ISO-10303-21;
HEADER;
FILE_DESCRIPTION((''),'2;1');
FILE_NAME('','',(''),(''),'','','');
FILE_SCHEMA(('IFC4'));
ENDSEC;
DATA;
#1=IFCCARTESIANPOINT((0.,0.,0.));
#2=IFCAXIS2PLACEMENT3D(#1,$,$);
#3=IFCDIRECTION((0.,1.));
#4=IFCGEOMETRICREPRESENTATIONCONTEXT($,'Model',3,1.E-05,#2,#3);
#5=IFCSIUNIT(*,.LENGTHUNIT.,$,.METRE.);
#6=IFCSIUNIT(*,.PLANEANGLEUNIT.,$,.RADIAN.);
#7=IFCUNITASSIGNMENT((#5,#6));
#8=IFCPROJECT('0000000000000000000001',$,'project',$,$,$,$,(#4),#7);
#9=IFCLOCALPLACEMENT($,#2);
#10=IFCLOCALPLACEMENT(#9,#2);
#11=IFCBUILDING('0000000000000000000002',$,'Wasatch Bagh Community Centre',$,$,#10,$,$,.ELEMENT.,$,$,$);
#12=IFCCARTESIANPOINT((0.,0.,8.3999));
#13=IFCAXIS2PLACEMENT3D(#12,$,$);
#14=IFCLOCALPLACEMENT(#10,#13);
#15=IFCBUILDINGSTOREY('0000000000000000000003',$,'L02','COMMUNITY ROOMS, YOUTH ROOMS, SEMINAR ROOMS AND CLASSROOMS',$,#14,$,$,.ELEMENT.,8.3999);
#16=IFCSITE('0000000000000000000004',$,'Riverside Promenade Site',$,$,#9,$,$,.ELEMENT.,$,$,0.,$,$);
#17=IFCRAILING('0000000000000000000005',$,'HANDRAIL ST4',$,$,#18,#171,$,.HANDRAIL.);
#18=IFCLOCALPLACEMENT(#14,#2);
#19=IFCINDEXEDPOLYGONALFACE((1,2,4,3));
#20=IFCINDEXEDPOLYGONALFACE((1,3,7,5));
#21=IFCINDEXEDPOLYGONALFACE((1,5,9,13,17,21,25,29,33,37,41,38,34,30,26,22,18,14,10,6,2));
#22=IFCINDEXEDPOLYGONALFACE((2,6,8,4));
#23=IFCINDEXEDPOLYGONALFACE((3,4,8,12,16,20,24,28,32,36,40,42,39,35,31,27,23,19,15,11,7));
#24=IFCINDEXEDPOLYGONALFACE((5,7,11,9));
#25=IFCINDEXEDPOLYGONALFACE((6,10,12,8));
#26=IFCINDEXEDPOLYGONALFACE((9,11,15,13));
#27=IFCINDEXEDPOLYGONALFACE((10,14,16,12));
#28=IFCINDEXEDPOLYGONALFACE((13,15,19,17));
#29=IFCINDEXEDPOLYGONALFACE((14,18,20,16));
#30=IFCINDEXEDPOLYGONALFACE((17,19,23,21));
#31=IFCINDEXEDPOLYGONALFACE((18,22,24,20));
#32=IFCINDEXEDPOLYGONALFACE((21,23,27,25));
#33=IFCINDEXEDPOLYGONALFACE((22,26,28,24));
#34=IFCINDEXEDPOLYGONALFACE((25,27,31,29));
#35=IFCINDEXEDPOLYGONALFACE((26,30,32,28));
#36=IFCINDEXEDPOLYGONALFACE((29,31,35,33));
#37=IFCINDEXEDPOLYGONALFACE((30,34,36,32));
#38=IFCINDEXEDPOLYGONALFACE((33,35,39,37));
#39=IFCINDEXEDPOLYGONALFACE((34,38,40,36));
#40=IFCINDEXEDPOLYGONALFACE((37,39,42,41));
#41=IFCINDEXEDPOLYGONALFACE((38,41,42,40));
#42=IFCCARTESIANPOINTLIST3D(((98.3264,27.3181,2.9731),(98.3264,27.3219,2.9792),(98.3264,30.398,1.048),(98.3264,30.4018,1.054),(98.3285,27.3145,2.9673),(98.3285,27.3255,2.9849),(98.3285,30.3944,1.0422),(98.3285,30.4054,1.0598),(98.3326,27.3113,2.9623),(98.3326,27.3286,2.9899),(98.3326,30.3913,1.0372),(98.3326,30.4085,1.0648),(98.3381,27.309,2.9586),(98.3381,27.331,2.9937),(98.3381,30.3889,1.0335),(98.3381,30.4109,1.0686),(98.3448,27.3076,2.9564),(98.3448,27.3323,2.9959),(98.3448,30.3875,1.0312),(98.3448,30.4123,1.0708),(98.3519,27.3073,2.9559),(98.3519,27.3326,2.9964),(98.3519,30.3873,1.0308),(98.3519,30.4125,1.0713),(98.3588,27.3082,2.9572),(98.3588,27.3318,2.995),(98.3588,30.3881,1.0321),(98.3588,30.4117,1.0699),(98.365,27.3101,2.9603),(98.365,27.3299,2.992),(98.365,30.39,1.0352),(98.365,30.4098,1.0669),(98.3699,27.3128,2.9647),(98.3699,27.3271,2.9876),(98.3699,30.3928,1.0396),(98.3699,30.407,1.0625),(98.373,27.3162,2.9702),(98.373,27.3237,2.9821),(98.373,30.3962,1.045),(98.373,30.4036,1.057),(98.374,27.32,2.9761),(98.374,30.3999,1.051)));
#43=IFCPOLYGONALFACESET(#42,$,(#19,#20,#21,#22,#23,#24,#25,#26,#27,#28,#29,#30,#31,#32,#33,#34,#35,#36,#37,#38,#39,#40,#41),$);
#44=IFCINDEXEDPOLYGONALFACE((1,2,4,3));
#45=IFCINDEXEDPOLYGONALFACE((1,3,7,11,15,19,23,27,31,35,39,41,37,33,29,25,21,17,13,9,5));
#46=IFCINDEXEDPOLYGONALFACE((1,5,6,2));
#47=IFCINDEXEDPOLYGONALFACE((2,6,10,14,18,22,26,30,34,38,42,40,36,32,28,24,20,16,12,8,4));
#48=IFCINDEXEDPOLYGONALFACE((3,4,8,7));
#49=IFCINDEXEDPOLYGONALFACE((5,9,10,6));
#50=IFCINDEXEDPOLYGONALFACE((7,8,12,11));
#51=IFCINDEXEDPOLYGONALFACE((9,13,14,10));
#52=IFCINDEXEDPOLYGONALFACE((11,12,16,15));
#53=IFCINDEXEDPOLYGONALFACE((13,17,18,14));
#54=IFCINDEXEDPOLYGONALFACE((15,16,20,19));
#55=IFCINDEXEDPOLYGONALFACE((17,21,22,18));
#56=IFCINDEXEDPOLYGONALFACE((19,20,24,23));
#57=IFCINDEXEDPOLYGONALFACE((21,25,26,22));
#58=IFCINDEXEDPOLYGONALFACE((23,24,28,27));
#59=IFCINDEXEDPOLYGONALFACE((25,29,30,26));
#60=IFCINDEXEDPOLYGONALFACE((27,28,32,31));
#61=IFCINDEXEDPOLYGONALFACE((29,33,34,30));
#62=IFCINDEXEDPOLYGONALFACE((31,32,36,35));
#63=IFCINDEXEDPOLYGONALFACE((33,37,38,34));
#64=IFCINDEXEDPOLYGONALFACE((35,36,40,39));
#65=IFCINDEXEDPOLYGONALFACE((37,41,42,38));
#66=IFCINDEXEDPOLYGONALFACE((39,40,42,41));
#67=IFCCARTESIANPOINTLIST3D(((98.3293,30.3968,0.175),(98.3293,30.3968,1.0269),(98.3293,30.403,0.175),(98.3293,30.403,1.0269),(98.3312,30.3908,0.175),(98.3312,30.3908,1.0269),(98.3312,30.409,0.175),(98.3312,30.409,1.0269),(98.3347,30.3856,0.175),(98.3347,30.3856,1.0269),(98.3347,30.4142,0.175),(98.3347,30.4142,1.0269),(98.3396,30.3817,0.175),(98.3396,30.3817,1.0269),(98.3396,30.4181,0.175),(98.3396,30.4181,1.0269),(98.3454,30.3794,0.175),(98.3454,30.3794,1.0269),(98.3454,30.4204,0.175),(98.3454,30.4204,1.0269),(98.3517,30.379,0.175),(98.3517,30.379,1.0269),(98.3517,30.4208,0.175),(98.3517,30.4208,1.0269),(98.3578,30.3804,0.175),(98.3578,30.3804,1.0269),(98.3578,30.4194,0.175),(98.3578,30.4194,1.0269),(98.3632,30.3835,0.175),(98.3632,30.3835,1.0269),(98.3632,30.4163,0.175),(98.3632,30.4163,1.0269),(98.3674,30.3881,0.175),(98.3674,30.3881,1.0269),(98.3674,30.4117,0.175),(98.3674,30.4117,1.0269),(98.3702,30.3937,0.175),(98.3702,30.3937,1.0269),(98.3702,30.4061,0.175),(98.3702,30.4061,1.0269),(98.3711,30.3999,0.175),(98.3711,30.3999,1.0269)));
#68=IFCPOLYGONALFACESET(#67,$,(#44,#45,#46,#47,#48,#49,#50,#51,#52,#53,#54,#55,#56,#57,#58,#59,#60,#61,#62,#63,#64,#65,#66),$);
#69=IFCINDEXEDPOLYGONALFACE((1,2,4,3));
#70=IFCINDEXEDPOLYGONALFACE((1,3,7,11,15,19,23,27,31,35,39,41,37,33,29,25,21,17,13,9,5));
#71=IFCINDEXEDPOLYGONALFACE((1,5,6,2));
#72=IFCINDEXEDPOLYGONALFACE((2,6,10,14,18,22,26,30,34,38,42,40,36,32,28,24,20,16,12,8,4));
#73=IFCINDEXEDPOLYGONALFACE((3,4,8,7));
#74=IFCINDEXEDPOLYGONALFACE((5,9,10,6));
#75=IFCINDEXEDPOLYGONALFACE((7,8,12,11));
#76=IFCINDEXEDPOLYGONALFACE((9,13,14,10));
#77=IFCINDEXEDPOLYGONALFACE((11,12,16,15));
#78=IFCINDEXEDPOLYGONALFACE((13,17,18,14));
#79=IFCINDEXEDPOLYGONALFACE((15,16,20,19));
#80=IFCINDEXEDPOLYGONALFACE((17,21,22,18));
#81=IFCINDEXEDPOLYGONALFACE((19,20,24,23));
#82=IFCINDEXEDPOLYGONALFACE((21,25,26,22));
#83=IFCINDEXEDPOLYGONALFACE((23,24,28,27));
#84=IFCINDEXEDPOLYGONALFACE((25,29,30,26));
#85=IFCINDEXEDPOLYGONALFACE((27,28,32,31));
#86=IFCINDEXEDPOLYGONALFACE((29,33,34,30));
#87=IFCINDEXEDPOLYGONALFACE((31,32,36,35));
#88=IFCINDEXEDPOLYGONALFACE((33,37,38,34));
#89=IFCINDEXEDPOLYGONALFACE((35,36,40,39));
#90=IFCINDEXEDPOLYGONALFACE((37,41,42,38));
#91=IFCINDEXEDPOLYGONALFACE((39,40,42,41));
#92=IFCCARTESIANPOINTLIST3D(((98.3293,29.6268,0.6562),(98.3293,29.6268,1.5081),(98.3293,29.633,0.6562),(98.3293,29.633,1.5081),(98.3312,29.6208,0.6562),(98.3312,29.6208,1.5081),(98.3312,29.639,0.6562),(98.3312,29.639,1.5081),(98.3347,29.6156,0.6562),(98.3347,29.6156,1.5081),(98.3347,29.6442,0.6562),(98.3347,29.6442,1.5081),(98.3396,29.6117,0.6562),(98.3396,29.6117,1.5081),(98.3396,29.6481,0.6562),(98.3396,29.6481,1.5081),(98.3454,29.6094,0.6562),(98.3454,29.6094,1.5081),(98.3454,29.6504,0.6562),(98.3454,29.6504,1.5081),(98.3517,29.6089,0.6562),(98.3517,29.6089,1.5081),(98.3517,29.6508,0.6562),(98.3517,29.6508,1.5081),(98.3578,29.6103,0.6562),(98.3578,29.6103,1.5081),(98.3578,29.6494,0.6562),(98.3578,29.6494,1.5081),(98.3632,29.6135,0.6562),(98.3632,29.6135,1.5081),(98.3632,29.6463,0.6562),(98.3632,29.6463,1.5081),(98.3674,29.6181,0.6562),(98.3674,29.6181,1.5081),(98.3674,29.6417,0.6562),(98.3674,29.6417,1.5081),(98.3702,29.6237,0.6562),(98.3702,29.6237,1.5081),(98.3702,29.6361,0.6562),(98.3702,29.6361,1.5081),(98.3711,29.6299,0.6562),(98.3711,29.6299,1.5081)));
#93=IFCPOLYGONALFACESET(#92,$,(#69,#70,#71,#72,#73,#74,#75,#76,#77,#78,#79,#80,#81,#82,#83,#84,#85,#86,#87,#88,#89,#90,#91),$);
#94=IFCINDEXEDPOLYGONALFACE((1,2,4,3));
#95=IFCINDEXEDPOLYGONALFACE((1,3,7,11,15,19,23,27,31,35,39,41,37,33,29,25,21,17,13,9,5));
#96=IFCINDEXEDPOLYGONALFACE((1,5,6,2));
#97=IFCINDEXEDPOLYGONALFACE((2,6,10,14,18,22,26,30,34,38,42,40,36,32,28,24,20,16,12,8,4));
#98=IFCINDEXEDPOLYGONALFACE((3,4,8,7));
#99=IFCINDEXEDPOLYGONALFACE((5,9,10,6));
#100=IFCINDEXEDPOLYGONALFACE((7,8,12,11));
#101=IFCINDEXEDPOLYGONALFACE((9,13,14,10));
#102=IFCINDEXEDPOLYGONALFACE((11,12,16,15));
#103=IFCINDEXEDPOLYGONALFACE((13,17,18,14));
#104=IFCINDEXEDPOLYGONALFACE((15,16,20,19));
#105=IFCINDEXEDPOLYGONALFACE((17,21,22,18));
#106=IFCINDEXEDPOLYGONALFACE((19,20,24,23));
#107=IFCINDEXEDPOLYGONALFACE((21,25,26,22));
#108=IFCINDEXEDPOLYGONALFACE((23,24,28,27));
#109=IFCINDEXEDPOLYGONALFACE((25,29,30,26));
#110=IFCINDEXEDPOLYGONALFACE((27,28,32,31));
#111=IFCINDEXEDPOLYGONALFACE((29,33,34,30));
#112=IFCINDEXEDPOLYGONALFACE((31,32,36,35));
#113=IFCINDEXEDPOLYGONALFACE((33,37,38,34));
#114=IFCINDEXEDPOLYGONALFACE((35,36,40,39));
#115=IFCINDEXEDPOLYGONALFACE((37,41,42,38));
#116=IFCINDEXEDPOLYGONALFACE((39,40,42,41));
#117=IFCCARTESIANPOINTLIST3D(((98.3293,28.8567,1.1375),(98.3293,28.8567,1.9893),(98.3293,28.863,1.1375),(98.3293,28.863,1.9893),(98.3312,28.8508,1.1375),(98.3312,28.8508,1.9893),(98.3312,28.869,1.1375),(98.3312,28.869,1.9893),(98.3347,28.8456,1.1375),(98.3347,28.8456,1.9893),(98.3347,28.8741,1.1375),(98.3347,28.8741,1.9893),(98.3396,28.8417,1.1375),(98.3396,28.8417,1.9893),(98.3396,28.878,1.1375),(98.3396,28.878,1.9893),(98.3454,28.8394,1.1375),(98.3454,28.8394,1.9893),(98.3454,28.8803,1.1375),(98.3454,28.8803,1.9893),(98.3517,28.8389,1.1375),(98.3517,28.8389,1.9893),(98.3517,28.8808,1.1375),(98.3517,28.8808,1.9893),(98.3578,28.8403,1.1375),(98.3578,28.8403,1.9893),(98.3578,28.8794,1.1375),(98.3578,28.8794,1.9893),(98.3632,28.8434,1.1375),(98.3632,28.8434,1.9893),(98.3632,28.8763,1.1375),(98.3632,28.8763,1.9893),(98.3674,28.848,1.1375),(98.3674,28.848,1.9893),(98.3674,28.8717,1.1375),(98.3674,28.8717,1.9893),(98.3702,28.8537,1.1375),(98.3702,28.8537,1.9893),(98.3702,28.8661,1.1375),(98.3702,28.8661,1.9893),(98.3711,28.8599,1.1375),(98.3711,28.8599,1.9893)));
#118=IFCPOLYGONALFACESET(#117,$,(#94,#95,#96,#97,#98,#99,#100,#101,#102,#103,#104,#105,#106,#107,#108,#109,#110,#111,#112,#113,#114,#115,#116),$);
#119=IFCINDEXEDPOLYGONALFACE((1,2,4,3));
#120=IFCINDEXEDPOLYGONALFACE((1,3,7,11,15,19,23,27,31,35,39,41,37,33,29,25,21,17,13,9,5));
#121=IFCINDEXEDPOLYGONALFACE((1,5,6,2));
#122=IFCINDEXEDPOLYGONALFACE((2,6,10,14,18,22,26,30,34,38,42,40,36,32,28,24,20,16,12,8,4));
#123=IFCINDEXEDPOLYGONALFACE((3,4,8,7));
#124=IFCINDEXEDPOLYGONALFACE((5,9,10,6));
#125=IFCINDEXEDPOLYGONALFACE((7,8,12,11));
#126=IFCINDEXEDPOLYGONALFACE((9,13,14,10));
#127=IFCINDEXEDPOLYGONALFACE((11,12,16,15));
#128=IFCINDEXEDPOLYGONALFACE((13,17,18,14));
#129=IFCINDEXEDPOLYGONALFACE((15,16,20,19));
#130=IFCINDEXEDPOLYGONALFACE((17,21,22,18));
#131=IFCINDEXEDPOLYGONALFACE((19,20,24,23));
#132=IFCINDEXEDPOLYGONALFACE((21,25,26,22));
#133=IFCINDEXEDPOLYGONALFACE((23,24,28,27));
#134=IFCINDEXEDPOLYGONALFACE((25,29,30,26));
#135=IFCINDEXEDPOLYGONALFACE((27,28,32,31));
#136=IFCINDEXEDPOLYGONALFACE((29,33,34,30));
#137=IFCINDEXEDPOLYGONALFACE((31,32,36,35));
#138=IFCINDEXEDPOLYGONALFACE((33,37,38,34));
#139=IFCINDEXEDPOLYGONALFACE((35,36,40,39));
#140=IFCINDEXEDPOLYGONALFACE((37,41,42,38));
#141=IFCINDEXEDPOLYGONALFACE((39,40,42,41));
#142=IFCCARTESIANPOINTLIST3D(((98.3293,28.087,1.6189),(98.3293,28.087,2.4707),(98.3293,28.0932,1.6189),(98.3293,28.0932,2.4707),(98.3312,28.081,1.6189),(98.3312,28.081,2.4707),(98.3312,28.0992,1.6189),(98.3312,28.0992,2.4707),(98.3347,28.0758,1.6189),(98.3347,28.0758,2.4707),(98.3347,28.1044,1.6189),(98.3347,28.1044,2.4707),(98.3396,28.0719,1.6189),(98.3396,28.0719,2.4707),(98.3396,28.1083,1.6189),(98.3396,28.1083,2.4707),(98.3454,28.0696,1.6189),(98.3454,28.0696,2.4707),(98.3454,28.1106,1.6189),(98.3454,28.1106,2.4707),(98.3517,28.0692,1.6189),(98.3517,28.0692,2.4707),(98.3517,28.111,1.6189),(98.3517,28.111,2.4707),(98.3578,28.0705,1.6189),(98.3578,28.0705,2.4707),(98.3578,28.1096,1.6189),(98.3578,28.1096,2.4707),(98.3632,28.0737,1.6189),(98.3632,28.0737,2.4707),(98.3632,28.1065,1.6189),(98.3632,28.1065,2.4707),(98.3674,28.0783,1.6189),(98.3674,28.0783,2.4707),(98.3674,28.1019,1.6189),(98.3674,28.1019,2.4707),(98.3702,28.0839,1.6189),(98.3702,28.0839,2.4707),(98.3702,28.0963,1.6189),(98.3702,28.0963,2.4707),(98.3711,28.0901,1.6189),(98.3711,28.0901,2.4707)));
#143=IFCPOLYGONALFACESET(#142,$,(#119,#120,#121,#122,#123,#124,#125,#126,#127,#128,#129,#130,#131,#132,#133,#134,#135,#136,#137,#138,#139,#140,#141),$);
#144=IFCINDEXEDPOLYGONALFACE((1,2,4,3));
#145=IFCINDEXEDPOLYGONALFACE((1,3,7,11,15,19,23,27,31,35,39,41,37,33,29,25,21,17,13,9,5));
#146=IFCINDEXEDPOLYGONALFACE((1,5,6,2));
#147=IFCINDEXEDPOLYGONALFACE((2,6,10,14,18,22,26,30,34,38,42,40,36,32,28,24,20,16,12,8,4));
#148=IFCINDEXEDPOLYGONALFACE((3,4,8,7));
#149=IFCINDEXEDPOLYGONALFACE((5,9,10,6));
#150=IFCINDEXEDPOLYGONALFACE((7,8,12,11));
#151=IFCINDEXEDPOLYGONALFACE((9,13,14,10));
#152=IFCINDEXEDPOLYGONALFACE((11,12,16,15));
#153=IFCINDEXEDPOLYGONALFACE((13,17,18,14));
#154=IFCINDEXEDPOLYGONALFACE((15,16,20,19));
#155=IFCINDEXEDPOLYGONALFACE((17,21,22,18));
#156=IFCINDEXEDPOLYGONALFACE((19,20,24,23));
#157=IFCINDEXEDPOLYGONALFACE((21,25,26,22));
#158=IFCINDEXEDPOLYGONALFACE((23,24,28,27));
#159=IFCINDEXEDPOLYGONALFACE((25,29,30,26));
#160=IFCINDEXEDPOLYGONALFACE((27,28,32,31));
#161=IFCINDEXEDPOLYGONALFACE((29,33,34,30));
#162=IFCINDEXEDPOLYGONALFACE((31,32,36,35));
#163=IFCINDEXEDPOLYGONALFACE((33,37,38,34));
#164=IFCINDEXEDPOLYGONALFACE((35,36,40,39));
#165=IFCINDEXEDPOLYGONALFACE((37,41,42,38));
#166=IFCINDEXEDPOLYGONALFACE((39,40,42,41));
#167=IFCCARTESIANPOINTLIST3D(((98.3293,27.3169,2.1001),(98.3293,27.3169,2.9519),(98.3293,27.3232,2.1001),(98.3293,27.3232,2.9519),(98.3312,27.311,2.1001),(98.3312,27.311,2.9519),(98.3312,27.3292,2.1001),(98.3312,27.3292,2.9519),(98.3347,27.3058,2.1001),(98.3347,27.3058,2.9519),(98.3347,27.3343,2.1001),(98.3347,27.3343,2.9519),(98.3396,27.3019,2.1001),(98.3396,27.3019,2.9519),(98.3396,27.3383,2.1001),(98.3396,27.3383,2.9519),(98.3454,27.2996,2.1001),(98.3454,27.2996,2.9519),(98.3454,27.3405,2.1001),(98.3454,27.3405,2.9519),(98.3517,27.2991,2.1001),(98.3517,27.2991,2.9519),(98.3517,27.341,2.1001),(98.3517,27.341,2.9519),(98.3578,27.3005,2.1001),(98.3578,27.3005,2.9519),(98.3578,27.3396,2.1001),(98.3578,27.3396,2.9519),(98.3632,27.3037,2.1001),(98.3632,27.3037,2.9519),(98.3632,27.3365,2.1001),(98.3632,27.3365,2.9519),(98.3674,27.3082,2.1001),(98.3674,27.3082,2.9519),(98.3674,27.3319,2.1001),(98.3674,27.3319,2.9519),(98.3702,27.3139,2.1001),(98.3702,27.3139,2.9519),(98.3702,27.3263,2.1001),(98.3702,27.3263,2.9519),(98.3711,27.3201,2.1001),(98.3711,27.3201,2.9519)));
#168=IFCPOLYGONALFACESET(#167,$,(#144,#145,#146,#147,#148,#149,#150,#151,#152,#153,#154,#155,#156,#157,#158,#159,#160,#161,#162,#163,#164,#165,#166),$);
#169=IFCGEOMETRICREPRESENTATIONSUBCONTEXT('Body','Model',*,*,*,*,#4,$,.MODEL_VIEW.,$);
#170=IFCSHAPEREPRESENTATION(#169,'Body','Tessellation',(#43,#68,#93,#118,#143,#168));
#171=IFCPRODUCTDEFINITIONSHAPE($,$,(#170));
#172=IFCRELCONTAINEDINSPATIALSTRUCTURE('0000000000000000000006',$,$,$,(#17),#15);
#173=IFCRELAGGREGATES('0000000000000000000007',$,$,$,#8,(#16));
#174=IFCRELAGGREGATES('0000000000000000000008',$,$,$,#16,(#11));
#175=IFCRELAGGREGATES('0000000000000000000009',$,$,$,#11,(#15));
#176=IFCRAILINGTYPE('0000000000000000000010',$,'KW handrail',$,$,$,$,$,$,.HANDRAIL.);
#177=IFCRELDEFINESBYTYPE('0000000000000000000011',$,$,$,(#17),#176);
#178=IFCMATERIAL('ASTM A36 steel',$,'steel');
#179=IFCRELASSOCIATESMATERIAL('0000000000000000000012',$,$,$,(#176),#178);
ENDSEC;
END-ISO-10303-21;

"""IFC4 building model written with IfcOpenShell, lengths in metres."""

from ifc_helpers import new_model, si_unit, direction, frame, origin, origin_2d, place, context, subcontext, project, spatial, circle, extrude, material, type_object, element, save


model = new_model("IFC4")

# Units and contexts
model_context = context("Model", 3, precision=1e-05, world=origin(), true_north=direction((0.0, 1.0)))
body_context = subcontext(model_context, "Body", "Model", "MODEL_VIEW")
ifc_project = project(units=[si_unit("LENGTHUNIT", "METRE"), si_unit("PLANEANGLEUNIT", "RADIAN")], contexts=[model_context])

# Site, building, storey
site_placement = place(None, origin())
site = spatial("IfcSite", under=ifc_project, at=site_placement, Name="Riverside Promenade Site", CompositionType="ELEMENT", RefElevation=0.0)
building_placement = place(site_placement, origin())
building = spatial("IfcBuilding", under=site, at=building_placement, Name="Wasatch Bagh Community Centre", CompositionType="ELEMENT")
storey_placement = place(building_placement, frame((0.0, 0.0, 8.3999)))
storey = spatial("IfcBuildingStorey", under=building, at=storey_placement, Name="L02", Description="COMMUNITY ROOMS, YOUTH ROOMS, SEMINAR ROOMS AND CLASSROOMS", CompositionType="ELEMENT", Elevation=8.3999)

# Railing
ifc_material_1 = material(Name="ASTM A36 steel", Category="steel")
railing_type_1 = type_object("IfcRailingType", Name="KW handrail", PredefinedType="HANDRAIL", material=ifc_material_1)
for number, where, name in (
    (1, (98.3501, 30.3999, 0.175), "HANDRAIL ST4"),
):
    element("IfcRailing", number, at=place(storey_placement, frame(where)), inside=storey, type_object=railing_type_1, Name=name, PredefinedType="HANDRAIL", context=body_context, shape_type="SweptSolid", body=[
        extrude(circle(Radius=0.0239, at=origin_2d()), frame((0.0, 0.0, 0.876), z_axis=(0.0, -0.847979, 0.530029), x_axis=(1.0, 0.0, 0.0)), (0.0, 0.0, 1.0), 3.6321),
        extrude(circle(Radius=0.021, at=origin_2d()), origin(), (0.0, 0.0, 1.0), 0.8518),
        extrude(circle(Radius=0.021, at=origin_2d()), frame((0.0, -0.77, 0.4812)), (0.0, 0.0, 1.0), 0.8518),
        extrude(circle(Radius=0.021, at=origin_2d()), frame((0.0, -1.54, 0.9624)), (0.0, 0.0, 1.0), 0.8518),
        extrude(circle(Radius=0.021, at=origin_2d()), frame((0.0, -2.3098, 1.4438)), (0.0, 0.0, 1.0), 0.8518),
        extrude(circle(Radius=0.021, at=origin_2d()), frame((0.0, -3.0798, 1.925)), (0.0, 0.0, 1.0), 0.8518),
    ])

save(model, "model.ifc")
